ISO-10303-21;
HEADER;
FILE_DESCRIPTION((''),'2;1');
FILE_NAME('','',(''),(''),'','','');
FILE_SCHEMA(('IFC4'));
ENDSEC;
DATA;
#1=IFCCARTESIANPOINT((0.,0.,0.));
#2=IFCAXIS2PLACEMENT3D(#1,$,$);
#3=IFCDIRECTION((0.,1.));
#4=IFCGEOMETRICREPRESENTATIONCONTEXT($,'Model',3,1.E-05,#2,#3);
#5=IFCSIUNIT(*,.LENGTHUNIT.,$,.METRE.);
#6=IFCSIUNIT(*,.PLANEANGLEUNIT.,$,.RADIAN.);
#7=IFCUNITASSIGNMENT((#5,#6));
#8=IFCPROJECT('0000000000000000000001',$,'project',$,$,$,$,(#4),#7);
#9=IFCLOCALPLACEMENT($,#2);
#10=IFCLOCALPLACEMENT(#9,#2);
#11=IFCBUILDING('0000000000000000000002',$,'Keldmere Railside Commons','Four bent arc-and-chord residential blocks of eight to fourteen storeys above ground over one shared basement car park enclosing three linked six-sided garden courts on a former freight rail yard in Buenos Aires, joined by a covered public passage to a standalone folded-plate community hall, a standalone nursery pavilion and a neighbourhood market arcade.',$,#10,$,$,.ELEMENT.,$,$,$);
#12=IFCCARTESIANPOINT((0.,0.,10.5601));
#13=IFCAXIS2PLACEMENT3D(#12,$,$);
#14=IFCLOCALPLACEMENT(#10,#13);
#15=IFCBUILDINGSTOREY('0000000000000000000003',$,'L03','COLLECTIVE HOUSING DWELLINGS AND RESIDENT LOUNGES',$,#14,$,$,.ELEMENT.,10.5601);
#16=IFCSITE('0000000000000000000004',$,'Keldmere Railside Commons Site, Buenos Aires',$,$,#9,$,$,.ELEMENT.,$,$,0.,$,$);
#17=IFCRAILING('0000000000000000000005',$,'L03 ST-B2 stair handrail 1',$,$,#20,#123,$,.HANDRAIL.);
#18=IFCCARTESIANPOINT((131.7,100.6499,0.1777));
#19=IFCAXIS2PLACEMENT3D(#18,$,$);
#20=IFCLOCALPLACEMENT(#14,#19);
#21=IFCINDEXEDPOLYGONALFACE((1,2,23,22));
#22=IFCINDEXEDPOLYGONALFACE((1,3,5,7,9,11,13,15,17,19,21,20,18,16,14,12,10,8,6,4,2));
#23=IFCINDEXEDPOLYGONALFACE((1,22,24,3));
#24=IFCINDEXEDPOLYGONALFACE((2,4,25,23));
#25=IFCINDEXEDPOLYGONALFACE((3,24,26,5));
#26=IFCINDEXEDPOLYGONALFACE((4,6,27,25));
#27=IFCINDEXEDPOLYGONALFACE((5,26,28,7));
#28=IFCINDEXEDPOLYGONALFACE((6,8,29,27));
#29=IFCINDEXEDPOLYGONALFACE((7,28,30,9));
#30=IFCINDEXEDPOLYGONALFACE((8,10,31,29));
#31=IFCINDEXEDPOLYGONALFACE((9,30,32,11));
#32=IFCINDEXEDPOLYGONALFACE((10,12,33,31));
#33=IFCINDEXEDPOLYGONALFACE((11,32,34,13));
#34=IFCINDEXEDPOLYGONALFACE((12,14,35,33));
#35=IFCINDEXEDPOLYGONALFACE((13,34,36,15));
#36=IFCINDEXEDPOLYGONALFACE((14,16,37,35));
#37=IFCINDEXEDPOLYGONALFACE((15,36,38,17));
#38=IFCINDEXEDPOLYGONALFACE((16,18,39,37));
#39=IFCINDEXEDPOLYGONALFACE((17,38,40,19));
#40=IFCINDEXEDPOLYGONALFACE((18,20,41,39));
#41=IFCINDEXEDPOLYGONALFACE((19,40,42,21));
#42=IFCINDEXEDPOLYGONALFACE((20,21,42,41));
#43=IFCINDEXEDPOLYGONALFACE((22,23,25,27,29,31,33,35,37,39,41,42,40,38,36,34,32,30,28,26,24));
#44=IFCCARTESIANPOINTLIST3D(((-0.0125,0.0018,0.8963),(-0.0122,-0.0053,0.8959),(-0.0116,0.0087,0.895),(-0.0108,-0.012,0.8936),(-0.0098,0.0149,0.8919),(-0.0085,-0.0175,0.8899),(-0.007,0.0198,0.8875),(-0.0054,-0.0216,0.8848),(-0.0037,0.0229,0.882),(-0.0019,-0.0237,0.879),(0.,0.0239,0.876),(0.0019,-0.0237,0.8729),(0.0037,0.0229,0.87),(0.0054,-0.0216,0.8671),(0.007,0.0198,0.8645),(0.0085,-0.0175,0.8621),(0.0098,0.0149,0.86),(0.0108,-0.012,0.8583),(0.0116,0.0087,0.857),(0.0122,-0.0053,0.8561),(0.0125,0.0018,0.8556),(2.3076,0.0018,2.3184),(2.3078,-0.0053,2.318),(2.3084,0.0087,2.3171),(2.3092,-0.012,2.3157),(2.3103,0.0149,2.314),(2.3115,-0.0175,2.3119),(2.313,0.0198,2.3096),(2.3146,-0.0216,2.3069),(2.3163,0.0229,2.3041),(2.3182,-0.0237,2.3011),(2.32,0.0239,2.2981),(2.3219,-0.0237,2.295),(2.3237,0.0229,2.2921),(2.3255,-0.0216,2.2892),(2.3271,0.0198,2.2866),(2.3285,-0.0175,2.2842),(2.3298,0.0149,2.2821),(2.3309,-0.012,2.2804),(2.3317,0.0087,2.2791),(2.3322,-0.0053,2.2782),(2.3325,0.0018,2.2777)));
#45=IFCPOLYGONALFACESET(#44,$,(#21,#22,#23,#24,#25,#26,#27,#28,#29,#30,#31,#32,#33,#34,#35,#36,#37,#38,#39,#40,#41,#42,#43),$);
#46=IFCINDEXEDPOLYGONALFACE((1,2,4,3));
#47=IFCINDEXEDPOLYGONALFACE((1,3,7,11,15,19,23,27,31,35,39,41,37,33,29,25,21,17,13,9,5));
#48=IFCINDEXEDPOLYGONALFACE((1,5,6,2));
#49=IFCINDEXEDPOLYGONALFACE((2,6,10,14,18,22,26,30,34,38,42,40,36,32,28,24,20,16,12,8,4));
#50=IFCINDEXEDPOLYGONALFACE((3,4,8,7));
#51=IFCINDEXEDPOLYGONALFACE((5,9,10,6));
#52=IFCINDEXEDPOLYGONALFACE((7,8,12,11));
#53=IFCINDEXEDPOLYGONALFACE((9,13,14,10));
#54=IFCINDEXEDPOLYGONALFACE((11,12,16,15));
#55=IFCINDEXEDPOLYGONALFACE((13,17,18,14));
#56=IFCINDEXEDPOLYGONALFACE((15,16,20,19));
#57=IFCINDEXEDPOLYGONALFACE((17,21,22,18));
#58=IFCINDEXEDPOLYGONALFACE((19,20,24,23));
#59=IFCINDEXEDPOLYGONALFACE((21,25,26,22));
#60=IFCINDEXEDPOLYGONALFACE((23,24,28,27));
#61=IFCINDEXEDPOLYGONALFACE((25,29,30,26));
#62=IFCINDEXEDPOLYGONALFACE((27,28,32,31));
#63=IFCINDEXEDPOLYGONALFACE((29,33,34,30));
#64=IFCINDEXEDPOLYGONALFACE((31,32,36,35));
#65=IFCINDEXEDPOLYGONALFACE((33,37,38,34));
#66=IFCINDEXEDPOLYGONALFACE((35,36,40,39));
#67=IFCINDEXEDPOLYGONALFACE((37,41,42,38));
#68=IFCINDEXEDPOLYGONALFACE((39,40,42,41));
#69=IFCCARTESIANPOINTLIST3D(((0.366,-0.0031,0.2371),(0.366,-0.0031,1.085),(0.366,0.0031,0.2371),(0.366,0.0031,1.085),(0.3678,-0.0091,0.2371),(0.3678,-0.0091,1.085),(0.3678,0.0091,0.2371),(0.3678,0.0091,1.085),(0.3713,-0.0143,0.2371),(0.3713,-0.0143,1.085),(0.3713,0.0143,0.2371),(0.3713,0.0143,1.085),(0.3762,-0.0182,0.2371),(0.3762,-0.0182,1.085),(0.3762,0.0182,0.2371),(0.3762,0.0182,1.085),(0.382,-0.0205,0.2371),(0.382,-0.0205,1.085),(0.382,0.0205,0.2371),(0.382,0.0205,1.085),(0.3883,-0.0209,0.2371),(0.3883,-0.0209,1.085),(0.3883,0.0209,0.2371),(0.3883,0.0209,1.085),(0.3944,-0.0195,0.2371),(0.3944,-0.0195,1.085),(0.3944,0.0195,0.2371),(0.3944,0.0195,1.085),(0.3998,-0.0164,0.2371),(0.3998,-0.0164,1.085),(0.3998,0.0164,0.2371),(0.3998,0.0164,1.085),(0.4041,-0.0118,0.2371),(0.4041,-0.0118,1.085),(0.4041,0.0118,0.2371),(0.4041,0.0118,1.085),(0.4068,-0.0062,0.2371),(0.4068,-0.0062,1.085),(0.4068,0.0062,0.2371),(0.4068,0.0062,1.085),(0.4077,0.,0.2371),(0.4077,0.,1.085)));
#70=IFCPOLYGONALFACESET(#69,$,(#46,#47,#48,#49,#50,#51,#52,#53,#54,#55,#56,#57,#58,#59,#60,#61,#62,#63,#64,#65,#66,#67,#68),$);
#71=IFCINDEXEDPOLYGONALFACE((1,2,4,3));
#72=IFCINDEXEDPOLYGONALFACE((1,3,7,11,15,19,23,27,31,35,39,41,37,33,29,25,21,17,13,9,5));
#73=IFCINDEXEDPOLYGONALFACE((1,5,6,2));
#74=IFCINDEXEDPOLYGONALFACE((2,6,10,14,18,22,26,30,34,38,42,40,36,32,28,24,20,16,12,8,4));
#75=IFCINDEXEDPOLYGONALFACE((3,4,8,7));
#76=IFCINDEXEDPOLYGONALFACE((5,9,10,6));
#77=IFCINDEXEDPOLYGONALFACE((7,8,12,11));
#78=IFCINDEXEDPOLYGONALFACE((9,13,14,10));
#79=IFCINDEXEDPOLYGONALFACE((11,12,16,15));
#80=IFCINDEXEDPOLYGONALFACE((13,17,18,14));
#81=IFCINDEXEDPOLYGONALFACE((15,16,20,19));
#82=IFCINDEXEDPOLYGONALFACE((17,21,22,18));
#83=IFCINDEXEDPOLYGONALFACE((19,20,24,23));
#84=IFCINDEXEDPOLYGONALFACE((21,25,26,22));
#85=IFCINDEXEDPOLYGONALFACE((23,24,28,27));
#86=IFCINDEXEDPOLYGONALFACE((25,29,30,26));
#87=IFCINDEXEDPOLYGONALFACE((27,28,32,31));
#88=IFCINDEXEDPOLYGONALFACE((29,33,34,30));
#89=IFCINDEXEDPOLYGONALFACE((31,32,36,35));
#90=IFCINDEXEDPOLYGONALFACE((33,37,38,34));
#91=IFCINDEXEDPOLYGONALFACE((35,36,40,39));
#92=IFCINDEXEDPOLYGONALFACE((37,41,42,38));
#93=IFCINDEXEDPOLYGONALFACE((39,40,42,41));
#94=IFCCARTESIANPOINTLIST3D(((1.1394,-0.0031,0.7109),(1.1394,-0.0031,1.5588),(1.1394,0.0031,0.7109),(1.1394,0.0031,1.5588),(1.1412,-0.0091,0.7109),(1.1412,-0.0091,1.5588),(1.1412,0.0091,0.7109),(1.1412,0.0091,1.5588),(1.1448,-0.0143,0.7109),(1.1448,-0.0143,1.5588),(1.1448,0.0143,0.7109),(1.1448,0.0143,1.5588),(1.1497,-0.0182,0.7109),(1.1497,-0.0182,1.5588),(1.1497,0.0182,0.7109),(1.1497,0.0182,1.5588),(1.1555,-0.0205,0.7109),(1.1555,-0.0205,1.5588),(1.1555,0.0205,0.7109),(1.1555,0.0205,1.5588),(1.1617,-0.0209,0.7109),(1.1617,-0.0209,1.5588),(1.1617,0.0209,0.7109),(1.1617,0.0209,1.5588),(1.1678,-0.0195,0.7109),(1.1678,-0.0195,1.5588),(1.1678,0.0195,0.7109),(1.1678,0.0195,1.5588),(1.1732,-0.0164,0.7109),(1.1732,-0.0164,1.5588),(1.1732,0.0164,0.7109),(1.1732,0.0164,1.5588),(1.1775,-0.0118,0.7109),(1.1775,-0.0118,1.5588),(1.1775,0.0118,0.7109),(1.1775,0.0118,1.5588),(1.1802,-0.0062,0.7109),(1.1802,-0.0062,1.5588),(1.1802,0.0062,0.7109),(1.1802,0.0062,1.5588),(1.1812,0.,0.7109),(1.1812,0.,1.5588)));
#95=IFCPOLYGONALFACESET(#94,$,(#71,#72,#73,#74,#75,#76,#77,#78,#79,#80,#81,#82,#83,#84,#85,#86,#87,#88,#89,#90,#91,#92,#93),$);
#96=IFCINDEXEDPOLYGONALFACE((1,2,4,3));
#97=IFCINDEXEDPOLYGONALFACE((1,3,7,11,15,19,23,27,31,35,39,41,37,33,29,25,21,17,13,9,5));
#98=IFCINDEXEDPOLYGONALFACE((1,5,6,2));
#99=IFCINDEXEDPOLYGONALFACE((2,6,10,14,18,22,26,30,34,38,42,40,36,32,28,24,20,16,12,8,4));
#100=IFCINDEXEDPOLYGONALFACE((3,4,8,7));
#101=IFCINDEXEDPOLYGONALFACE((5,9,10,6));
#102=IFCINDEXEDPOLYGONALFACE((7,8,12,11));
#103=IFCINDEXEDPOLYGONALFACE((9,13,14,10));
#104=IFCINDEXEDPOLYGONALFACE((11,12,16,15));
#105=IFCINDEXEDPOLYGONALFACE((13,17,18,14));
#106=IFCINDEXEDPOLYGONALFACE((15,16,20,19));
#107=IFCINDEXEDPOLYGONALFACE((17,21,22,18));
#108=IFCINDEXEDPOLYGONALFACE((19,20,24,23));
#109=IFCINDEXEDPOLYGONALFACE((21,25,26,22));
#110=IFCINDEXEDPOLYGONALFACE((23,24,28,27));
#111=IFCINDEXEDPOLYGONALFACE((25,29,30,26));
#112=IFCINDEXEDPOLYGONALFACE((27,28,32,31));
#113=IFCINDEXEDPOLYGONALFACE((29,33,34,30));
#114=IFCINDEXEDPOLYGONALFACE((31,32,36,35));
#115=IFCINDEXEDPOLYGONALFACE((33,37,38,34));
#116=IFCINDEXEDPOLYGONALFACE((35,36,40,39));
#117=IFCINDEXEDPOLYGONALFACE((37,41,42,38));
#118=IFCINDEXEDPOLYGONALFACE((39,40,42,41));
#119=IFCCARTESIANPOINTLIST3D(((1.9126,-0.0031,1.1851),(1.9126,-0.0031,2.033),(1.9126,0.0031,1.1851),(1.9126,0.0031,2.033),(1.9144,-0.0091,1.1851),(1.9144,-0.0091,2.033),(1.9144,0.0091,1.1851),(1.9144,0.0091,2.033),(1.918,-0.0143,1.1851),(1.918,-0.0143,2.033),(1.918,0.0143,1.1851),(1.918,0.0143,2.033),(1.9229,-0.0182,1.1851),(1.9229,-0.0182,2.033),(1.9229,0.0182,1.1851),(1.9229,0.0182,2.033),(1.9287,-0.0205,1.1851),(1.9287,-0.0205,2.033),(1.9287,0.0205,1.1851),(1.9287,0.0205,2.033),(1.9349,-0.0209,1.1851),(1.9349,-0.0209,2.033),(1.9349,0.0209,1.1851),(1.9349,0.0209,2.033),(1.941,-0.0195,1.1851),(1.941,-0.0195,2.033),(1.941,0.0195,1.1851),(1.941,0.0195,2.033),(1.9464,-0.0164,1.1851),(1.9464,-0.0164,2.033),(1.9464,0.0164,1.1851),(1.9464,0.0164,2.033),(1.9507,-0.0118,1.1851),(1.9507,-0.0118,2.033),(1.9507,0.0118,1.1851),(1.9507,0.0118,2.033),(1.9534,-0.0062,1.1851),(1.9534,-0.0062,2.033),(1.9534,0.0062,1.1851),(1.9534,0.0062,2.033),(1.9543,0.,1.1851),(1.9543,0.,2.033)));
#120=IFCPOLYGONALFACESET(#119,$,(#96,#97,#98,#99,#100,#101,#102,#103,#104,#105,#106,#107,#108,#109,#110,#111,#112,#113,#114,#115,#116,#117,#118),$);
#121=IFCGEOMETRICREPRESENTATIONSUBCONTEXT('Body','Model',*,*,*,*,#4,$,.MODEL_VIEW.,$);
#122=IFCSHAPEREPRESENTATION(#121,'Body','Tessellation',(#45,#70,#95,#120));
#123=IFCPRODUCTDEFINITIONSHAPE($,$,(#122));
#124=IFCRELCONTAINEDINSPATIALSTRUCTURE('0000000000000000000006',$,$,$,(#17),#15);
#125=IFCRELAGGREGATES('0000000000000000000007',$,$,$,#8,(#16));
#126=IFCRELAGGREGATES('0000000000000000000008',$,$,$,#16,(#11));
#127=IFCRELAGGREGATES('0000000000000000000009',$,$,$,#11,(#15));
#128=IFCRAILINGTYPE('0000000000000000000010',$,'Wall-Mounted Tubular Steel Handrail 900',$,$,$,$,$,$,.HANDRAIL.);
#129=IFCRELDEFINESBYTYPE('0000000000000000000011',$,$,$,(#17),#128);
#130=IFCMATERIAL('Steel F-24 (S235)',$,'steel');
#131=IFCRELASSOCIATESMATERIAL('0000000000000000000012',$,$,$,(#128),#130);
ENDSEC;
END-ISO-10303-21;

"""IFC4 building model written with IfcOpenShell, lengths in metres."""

from ifc_helpers import new_model, si_unit, direction, frame, origin, origin_2d, place, context, subcontext, project, spatial, circle, extrude, material, type_object, element, save


model = new_model("IFC4")

# Units and contexts
model_context = context("Model", 3, precision=1e-05, world=origin(), true_north=direction((0.0, 1.0)))
body_context = subcontext(model_context, "Body", "Model", "MODEL_VIEW")
ifc_project = project(units=[si_unit("LENGTHUNIT", "METRE"), si_unit("PLANEANGLEUNIT", "RADIAN")], contexts=[model_context])

# Site, building, storey
site_placement = place(None, origin())
site = spatial("IfcSite", under=ifc_project, at=site_placement, Name="Keldmere Railside Commons Site, Buenos Aires", CompositionType="ELEMENT", RefElevation=0.0)
building_placement = place(site_placement, origin())
building = spatial("IfcBuilding", under=site, at=building_placement, Name="Keldmere Railside Commons", Description="Four bent arc-and-chord residential blocks of eight to fourteen storeys above ground over one shared basement car park enclosing three linked six-sided garden courts on a former freight rail yard in Buenos Aires, joined by a covered public passage to a standalone folded-plate community hall, a standalone nursery pavilion and a neighbourhood market arcade.", CompositionType="ELEMENT")
storey_placement = place(building_placement, frame((0.0, 0.0, 10.5601)))
storey = spatial("IfcBuildingStorey", under=building, at=storey_placement, Name="L03", Description="COLLECTIVE HOUSING DWELLINGS AND RESIDENT LOUNGES", CompositionType="ELEMENT", Elevation=10.5601)

# Railing
ifc_material_1 = material(Name="Steel F-24 (S235)", Category="steel")
railing_type_1 = type_object("IfcRailingType", Name="Wall-Mounted Tubular Steel Handrail 900", PredefinedType="HANDRAIL", material=ifc_material_1)
railing_1_placement = place(storey_placement, frame((131.7, 100.6499, 0.1777)))
element("IfcRailing", 1, at=railing_1_placement, inside=storey, type_object=railing_type_1, Name="L03 ST-B2 stair handrail 1", PredefinedType="HANDRAIL", context=body_context, shape_type="SweptSolid", body=[
    extrude(circle(Radius=0.0239, at=origin_2d()), frame((0.0, 0.0, 0.876), z_axis=(0.852578, 0.0, 0.5226), x_axis=(0.0, 1.0, 0.0)), (0.0, 0.0, 1.0), 2.7212),
    extrude(circle(Radius=0.021, at=origin_2d()), frame((0.3867, 0.0, 0.2371)), (0.0, 0.0, 1.0), 0.8479),
    extrude(circle(Radius=0.021, at=origin_2d()), frame((1.1602, 0.0, 0.7109)), (0.0, 0.0, 1.0), 0.8479),
    extrude(circle(Radius=0.021, at=origin_2d()), frame((1.9333, 0.0, 1.1851)), (0.0, 0.0, 1.0), 0.8479),
])

save(model, "model.ifc")
